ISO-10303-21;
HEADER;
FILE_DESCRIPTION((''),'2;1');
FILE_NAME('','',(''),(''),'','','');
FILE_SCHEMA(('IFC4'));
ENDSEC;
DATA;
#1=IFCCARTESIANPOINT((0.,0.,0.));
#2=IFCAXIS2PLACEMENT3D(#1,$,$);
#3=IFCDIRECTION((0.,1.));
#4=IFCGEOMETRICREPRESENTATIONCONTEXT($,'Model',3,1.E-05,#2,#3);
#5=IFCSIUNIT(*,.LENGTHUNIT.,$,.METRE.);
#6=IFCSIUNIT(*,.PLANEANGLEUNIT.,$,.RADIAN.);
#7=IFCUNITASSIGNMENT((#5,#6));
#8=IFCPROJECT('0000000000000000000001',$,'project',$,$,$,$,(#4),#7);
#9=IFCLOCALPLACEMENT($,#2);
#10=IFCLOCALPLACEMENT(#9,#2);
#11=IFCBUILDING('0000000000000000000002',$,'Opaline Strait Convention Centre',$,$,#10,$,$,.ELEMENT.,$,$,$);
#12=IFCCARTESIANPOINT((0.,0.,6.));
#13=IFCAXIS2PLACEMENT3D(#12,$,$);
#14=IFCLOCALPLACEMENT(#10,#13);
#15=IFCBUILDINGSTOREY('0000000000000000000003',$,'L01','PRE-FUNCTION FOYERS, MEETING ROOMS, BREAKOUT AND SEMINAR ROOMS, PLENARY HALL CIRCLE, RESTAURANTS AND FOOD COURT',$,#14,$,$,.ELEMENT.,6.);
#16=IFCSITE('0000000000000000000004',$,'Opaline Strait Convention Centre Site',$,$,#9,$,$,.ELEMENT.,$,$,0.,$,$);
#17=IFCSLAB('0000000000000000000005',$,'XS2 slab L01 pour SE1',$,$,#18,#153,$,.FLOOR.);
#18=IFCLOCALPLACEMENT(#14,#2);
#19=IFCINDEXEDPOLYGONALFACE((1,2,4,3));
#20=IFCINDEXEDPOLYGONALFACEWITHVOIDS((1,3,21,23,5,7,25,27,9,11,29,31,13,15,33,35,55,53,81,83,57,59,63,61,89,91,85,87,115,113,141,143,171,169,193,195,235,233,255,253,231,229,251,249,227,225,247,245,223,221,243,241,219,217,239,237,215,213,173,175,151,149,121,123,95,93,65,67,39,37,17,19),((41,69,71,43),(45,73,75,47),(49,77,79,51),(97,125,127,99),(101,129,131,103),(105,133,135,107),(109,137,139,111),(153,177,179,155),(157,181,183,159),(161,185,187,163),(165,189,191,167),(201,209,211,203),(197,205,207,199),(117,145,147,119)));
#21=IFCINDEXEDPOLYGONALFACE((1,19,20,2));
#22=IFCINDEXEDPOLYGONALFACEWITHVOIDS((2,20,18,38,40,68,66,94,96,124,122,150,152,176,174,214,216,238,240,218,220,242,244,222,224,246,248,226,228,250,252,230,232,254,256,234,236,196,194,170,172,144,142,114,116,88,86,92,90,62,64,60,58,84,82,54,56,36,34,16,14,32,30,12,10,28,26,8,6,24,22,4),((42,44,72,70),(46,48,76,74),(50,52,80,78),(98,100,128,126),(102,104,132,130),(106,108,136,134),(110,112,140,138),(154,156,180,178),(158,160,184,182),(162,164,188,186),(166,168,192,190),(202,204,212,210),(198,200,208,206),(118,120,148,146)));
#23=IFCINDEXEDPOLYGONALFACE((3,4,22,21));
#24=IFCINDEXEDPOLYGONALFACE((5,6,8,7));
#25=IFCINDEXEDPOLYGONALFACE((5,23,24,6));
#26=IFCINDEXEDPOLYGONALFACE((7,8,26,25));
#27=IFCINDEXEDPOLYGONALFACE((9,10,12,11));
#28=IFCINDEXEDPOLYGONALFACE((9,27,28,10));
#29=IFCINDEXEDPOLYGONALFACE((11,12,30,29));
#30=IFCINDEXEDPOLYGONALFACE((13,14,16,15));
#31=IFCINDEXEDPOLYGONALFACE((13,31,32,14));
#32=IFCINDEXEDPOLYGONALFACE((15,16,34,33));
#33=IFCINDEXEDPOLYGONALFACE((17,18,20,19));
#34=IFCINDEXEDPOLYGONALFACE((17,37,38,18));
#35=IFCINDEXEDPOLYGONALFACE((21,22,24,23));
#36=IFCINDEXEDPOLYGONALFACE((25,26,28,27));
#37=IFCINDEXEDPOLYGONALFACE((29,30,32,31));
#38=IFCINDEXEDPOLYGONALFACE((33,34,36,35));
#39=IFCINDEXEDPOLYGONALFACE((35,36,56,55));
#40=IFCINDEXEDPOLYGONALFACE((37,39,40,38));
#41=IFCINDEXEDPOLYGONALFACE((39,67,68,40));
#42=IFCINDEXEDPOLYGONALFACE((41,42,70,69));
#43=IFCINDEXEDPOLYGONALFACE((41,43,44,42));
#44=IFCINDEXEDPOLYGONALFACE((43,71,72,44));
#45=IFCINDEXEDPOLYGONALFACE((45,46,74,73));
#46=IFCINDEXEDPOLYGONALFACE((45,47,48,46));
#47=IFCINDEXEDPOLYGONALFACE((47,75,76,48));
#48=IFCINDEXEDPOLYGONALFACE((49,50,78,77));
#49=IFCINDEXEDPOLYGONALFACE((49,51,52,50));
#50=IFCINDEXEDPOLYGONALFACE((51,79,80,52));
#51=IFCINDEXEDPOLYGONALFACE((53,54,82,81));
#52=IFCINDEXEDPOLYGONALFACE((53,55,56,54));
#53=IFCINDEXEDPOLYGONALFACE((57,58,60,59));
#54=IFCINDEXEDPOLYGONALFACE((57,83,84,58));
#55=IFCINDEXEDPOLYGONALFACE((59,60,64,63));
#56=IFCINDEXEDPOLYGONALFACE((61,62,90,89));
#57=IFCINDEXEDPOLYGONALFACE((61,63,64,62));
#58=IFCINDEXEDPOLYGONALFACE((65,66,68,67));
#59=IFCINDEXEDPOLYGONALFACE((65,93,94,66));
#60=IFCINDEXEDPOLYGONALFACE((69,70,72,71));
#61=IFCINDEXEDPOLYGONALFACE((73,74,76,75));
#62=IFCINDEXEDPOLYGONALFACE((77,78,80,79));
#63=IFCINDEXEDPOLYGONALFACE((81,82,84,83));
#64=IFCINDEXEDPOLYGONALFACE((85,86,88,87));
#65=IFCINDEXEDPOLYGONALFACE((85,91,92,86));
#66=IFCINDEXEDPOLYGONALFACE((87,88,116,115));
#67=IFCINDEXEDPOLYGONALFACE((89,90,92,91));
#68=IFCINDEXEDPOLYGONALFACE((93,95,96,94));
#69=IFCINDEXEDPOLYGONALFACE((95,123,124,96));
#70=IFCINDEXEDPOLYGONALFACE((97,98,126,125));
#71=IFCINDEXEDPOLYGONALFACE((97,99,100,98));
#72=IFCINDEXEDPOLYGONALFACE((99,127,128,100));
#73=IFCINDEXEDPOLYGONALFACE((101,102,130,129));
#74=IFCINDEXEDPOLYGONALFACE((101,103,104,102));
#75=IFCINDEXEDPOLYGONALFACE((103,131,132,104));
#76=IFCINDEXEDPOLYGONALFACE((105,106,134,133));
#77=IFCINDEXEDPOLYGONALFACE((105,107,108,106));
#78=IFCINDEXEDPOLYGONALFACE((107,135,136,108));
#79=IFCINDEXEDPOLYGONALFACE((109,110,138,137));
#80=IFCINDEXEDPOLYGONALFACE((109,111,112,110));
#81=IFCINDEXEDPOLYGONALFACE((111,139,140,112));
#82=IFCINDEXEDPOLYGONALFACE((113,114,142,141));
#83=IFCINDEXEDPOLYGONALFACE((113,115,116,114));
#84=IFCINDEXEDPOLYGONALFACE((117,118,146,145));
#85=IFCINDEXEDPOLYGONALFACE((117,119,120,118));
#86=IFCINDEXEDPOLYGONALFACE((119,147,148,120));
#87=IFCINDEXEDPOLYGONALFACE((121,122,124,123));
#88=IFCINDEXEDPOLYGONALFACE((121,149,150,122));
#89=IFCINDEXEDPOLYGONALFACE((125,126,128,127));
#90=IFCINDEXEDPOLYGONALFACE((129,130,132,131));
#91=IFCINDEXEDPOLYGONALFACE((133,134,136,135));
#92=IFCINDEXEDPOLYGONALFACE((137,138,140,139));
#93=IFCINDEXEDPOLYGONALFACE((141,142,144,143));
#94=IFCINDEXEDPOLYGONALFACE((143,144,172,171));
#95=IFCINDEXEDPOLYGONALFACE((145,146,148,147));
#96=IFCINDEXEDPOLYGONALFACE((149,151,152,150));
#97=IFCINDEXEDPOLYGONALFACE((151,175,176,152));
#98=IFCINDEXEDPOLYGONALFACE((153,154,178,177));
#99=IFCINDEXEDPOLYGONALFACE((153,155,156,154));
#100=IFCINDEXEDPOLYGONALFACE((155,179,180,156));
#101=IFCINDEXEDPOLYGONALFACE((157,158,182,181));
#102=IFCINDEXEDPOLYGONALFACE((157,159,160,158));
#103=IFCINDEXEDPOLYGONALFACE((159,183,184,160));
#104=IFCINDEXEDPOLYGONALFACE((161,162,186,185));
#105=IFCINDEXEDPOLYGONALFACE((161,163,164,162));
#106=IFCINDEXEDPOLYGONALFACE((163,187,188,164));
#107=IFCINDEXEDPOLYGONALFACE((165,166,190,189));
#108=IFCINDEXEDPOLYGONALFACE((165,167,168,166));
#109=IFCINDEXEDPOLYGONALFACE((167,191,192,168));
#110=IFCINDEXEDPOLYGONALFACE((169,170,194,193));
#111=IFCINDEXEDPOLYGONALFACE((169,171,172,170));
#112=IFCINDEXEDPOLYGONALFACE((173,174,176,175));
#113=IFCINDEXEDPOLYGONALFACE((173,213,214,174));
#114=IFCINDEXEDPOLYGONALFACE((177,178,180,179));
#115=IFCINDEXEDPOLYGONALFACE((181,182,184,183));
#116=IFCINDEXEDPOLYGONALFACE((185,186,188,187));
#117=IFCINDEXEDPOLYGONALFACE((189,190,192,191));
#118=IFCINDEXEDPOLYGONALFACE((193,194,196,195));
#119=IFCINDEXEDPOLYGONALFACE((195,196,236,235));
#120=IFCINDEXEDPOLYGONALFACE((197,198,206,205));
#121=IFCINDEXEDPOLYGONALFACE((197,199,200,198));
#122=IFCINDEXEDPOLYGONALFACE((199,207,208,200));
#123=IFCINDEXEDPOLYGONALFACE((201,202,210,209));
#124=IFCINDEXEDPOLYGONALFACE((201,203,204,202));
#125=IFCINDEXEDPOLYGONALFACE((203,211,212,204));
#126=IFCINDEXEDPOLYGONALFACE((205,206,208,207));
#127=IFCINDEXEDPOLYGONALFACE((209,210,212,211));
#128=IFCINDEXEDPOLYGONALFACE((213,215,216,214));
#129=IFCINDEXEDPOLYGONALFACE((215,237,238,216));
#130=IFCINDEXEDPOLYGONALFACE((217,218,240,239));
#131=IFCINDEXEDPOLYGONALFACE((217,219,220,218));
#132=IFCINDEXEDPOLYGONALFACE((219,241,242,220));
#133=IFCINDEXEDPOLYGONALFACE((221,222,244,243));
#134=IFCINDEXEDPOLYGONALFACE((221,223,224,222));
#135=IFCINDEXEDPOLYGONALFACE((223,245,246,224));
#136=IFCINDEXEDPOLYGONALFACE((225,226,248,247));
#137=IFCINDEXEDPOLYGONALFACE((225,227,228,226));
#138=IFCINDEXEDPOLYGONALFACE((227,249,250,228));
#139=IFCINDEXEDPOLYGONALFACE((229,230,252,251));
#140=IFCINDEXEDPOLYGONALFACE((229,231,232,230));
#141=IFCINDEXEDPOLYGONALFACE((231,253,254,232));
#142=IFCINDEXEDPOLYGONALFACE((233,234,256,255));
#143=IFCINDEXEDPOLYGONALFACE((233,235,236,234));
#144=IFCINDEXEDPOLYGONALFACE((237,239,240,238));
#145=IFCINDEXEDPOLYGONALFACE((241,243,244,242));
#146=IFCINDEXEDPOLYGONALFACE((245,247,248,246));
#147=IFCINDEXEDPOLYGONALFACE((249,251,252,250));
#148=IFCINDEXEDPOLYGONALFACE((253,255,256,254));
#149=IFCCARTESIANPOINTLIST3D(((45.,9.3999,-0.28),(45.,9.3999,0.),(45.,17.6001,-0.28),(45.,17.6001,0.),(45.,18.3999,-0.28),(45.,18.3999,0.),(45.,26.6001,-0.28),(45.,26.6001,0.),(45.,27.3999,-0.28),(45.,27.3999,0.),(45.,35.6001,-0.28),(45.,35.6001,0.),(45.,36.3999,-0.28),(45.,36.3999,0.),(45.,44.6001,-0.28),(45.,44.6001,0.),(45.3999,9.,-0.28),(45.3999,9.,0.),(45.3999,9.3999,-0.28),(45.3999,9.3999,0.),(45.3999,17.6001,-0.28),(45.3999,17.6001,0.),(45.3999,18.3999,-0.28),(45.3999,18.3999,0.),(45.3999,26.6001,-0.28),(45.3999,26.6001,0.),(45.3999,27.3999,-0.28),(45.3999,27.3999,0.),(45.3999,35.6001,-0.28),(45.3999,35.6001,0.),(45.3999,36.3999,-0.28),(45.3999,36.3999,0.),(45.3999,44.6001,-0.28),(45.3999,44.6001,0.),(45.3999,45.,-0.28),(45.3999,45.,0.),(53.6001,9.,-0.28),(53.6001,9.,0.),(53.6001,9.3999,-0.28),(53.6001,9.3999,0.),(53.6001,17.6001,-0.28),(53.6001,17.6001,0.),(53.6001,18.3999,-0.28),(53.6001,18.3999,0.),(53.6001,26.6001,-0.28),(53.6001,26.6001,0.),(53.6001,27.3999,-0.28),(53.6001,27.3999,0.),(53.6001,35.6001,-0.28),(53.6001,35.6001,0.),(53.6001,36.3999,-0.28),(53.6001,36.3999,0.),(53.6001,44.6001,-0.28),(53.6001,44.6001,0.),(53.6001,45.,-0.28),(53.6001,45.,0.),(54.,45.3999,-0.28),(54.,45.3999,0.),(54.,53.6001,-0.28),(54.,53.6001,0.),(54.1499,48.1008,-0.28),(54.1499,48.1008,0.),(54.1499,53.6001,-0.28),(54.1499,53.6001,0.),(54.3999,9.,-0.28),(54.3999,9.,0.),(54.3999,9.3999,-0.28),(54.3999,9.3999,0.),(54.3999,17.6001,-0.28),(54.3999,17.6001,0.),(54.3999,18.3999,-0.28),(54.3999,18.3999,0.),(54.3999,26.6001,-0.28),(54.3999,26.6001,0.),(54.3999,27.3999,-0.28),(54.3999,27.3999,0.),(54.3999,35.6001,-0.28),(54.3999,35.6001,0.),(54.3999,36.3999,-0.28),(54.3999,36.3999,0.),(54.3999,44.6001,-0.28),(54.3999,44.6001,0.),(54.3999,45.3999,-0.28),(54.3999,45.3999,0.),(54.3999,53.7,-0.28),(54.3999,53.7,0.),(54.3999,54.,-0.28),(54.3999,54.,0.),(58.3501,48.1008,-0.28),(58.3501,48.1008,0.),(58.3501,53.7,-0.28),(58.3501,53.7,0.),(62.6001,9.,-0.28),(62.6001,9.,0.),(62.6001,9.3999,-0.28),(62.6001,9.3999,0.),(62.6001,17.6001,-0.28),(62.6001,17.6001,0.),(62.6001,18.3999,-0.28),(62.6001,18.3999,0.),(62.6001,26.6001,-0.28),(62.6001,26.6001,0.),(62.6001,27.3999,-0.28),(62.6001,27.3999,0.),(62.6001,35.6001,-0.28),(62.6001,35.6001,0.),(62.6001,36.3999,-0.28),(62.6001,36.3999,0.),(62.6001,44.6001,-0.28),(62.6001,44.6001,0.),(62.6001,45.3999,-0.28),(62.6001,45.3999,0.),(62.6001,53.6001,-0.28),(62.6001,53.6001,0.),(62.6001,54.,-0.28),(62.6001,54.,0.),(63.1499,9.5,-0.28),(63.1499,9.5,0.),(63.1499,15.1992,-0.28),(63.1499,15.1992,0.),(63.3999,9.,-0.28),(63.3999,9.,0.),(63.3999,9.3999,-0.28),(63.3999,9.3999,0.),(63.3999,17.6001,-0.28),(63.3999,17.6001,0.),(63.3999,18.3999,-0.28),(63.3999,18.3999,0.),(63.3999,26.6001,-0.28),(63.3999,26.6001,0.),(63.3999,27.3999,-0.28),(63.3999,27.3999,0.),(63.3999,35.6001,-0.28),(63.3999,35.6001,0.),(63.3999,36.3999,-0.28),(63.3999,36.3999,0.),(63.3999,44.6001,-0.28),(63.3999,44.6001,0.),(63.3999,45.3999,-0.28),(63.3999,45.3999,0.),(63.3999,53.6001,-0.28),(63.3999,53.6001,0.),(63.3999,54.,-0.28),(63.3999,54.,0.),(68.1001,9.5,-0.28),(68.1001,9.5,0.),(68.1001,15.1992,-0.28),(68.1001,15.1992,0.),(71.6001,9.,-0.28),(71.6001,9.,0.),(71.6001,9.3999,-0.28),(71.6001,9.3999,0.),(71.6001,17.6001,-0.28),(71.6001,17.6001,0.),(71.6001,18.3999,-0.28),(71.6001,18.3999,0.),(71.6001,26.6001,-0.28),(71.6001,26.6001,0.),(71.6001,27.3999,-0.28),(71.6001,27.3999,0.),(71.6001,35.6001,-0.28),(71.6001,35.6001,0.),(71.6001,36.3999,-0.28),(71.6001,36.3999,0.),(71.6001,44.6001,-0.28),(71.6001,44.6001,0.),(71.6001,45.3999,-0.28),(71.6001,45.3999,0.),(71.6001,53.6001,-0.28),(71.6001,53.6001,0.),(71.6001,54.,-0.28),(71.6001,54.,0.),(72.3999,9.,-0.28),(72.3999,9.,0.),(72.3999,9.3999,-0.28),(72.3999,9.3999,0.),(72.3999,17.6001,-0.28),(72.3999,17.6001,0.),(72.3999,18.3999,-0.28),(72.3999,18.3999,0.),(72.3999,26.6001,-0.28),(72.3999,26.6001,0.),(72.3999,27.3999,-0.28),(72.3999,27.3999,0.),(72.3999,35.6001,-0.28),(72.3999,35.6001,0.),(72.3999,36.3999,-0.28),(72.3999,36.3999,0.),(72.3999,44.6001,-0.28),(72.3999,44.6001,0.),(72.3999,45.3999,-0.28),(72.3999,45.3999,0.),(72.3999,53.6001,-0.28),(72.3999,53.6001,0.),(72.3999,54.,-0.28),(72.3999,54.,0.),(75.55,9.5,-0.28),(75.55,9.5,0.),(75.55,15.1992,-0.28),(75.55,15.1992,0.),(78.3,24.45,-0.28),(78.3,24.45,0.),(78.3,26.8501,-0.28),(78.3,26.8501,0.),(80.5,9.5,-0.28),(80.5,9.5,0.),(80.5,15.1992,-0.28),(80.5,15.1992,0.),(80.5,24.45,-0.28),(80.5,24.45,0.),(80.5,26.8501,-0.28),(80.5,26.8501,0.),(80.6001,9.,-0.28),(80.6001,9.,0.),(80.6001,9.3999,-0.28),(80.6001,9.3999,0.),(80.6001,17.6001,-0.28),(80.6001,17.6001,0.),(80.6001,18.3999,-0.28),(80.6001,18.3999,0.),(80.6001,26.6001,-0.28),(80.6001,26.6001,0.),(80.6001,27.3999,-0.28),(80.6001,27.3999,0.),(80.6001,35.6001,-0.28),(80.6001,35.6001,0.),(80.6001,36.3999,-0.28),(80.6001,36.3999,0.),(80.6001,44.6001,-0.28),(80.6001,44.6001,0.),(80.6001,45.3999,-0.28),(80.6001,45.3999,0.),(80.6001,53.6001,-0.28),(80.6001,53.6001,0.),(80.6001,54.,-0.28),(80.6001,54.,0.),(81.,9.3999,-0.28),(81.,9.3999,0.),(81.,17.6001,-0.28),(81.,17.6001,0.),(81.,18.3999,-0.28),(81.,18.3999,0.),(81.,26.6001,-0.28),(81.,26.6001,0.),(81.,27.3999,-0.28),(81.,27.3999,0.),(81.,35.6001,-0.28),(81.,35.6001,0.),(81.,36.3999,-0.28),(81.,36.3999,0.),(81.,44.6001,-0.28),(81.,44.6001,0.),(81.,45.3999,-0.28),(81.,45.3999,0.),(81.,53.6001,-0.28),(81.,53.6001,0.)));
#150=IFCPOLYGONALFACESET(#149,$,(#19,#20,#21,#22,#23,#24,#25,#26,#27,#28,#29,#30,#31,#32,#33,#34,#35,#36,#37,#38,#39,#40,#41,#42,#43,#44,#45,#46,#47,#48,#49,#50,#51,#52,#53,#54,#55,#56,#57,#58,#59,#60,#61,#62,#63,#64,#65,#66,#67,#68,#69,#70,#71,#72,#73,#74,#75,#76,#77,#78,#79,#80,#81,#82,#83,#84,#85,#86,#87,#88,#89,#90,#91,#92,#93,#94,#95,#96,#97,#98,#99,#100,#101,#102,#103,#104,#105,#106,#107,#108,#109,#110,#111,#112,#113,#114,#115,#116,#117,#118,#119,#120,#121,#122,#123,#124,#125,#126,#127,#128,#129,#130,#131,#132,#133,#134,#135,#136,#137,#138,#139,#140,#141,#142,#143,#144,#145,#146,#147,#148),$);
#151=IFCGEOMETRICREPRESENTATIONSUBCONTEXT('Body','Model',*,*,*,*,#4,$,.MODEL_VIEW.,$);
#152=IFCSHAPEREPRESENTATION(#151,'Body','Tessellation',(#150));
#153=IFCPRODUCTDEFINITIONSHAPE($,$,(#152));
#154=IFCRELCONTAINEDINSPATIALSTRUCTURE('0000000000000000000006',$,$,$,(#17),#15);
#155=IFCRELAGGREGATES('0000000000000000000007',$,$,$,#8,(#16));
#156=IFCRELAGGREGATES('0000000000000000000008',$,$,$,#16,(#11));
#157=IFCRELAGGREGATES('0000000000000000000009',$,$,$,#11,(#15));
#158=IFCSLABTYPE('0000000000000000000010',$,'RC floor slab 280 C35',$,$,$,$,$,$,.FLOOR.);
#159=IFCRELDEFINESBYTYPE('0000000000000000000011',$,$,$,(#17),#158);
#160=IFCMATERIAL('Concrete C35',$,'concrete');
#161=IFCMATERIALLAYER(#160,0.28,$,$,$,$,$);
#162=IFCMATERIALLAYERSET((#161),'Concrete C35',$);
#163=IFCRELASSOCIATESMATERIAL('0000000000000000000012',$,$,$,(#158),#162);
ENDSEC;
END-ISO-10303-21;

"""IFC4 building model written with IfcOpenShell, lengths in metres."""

from ifc_helpers import new_model, si_unit, direction, frame, origin, place, context, subcontext, project, spatial, polyline, outline, extrude, material, layer, layer_set, type_object, element, save


model = new_model("IFC4")

# Units and contexts
model_context = context("Model", 3, precision=1e-05, world=origin(), true_north=direction((0.0, 1.0)))
body_context = subcontext(model_context, "Body", "Model", "MODEL_VIEW")
ifc_project = project(units=[si_unit("LENGTHUNIT", "METRE"), si_unit("PLANEANGLEUNIT", "RADIAN")], contexts=[model_context])

# Site, building, storey
site_placement = place(None, origin())
site = spatial("IfcSite", under=ifc_project, at=site_placement, Name="Opaline Strait Convention Centre Site", CompositionType="ELEMENT", RefElevation=0.0)
building_placement = place(site_placement, origin())
building = spatial("IfcBuilding", under=site, at=building_placement, Name="Opaline Strait Convention Centre", CompositionType="ELEMENT")
storey_placement = place(building_placement, frame((0.0, 0.0, 6.0)))
storey = spatial("IfcBuildingStorey", under=building, at=storey_placement, Name="L01", Description="PRE-FUNCTION FOYERS, MEETING ROOMS, BREAKOUT AND SEMINAR ROOMS, PLENARY HALL CIRCLE, RESTAURANTS AND FOOD COURT", CompositionType="ELEMENT", Elevation=6.0)

# Slab
ifc_material_1 = material(Name="Concrete C35", Category="concrete")
ifc_layer_1 = layer(ifc_material_1, 0.28)
ifc_layer_set_1 = layer_set([ifc_layer_1], Name="Concrete C35")
slab_type_1 = type_object("IfcSlabType", Name="RC floor slab 280 C35", PredefinedType="FLOOR", material=ifc_layer_set_1)
slab_1_placement = place(storey_placement, frame((0.0, 0.0, -0.28)))
element("IfcSlab", 1, at=slab_1_placement, inside=storey, type_object=slab_type_1, Name="XS2 slab L01 pour SE1", PredefinedType="FLOOR", context=body_context, shape_type="SweptSolid", body=[
    extrude(outline(polyline([(80.6001, 53.6001), (81.0, 53.6001), (81.0, 45.3999), (80.6001, 45.3999), (80.6001, 44.6001), (81.0, 44.6001), (81.0, 36.3999), (80.6001, 36.3999), (80.6001, 35.6001), (81.0, 35.6001), (81.0, 27.3999), (80.6001, 27.3999), (80.6001, 26.6001), (81.0, 26.6001), (81.0, 18.3999), (80.6001, 18.3999), (80.6001, 17.6001), (81.0, 17.6001), (81.0, 9.3999), (80.6001, 9.3999), (80.6001, 9.0), (72.3999, 9.0), (72.3999, 9.3999), (71.6001, 9.3999), (71.6001, 9.0), (63.3999, 9.0), (63.3999, 9.3999), (62.6001, 9.3999), (62.6001, 9.0), (54.3999, 9.0), (54.3999, 9.3999), (53.6001, 9.3999), (53.6001, 9.0), (45.3999, 9.0), (45.3999, 9.3999), (45.0, 9.3999), (45.0, 17.6001), (45.3999, 17.6001), (45.3999, 18.3999), (45.0, 18.3999), (45.0, 26.6001), (45.3999, 26.6001), (45.3999, 27.3999), (45.0, 27.3999), (45.0, 35.6001), (45.3999, 35.6001), (45.3999, 36.3999), (45.0, 36.3999), (45.0, 44.6001), (45.3999, 44.6001), (45.3999, 45.0), (53.6001, 45.0), (53.6001, 44.6001), (54.3999, 44.6001), (54.3999, 45.3999), (54.0, 45.3999), (54.0, 53.6001), (54.1499, 53.6001), (54.1499, 48.1008), (58.3501, 48.1008), (58.3501, 53.7), (54.3999, 53.7), (54.3999, 54.0), (62.6001, 54.0), (62.6001, 53.6001), (63.3999, 53.6001), (63.3999, 54.0), (71.6001, 54.0), (71.6001, 53.6001), (72.3999, 53.6001), (72.3999, 54.0), (80.6001, 54.0), (80.6001, 53.6001)]), holes=[polyline([(62.6001, 17.6001), (63.3999, 17.6001), (63.3999, 18.3999), (62.6001, 18.3999), (62.6001, 17.6001)]), polyline([(53.6001, 17.6001), (54.3999, 17.6001), (54.3999, 18.3999), (53.6001, 18.3999), (53.6001, 17.6001)]), polyline([(62.6001, 26.6001), (63.3999, 26.6001), (63.3999, 27.3999), (62.6001, 27.3999), (62.6001, 26.6001)]), polyline([(53.6001, 26.6001), (54.3999, 26.6001), (54.3999, 27.3999), (53.6001, 27.3999), (53.6001, 26.6001)]), polyline([(62.6001, 35.6001), (63.3999, 35.6001), (63.3999, 36.3999), (62.6001, 36.3999), (62.6001, 35.6001)]), polyline([(54.3999, 35.6001), (54.3999, 36.3999), (53.6001, 36.3999), (53.6001, 35.6001), (54.3999, 35.6001)]), polyline([(62.6001, 44.6001), (63.3999, 44.6001), (63.3999, 45.3999), (62.6001, 45.3999), (62.6001, 44.6001)]), polyline([(75.55, 9.5), (80.5, 9.5), (80.5, 15.1992), (75.55, 15.1992), (75.55, 9.5)]), polyline([(63.1499, 9.5), (68.1001, 9.5), (68.1001, 15.1992), (63.1499, 15.1992), (63.1499, 9.5)]), polyline([(71.6001, 17.6001), (72.3999, 17.6001), (72.3999, 18.3999), (71.6001, 18.3999), (71.6001, 17.6001)]), polyline([(78.3, 24.45), (80.5, 24.45), (80.5, 26.8501), (78.3, 26.8501), (78.3, 24.45)]), polyline([(71.6001, 26.6001), (72.3999, 26.6001), (72.3999, 27.3999), (71.6001, 27.3999), (71.6001, 26.6001)]), polyline([(71.6001, 35.6001), (72.3999, 35.6001), (72.3999, 36.3999), (71.6001, 36.3999), (71.6001, 35.6001)]), polyline([(71.6001, 44.6001), (72.3999, 44.6001), (72.3999, 45.3999), (71.6001, 45.3999), (71.6001, 44.6001)])]), origin(), (0.0, 0.0, 1.0), 0.28),
])

save(model, "model.ifc")
